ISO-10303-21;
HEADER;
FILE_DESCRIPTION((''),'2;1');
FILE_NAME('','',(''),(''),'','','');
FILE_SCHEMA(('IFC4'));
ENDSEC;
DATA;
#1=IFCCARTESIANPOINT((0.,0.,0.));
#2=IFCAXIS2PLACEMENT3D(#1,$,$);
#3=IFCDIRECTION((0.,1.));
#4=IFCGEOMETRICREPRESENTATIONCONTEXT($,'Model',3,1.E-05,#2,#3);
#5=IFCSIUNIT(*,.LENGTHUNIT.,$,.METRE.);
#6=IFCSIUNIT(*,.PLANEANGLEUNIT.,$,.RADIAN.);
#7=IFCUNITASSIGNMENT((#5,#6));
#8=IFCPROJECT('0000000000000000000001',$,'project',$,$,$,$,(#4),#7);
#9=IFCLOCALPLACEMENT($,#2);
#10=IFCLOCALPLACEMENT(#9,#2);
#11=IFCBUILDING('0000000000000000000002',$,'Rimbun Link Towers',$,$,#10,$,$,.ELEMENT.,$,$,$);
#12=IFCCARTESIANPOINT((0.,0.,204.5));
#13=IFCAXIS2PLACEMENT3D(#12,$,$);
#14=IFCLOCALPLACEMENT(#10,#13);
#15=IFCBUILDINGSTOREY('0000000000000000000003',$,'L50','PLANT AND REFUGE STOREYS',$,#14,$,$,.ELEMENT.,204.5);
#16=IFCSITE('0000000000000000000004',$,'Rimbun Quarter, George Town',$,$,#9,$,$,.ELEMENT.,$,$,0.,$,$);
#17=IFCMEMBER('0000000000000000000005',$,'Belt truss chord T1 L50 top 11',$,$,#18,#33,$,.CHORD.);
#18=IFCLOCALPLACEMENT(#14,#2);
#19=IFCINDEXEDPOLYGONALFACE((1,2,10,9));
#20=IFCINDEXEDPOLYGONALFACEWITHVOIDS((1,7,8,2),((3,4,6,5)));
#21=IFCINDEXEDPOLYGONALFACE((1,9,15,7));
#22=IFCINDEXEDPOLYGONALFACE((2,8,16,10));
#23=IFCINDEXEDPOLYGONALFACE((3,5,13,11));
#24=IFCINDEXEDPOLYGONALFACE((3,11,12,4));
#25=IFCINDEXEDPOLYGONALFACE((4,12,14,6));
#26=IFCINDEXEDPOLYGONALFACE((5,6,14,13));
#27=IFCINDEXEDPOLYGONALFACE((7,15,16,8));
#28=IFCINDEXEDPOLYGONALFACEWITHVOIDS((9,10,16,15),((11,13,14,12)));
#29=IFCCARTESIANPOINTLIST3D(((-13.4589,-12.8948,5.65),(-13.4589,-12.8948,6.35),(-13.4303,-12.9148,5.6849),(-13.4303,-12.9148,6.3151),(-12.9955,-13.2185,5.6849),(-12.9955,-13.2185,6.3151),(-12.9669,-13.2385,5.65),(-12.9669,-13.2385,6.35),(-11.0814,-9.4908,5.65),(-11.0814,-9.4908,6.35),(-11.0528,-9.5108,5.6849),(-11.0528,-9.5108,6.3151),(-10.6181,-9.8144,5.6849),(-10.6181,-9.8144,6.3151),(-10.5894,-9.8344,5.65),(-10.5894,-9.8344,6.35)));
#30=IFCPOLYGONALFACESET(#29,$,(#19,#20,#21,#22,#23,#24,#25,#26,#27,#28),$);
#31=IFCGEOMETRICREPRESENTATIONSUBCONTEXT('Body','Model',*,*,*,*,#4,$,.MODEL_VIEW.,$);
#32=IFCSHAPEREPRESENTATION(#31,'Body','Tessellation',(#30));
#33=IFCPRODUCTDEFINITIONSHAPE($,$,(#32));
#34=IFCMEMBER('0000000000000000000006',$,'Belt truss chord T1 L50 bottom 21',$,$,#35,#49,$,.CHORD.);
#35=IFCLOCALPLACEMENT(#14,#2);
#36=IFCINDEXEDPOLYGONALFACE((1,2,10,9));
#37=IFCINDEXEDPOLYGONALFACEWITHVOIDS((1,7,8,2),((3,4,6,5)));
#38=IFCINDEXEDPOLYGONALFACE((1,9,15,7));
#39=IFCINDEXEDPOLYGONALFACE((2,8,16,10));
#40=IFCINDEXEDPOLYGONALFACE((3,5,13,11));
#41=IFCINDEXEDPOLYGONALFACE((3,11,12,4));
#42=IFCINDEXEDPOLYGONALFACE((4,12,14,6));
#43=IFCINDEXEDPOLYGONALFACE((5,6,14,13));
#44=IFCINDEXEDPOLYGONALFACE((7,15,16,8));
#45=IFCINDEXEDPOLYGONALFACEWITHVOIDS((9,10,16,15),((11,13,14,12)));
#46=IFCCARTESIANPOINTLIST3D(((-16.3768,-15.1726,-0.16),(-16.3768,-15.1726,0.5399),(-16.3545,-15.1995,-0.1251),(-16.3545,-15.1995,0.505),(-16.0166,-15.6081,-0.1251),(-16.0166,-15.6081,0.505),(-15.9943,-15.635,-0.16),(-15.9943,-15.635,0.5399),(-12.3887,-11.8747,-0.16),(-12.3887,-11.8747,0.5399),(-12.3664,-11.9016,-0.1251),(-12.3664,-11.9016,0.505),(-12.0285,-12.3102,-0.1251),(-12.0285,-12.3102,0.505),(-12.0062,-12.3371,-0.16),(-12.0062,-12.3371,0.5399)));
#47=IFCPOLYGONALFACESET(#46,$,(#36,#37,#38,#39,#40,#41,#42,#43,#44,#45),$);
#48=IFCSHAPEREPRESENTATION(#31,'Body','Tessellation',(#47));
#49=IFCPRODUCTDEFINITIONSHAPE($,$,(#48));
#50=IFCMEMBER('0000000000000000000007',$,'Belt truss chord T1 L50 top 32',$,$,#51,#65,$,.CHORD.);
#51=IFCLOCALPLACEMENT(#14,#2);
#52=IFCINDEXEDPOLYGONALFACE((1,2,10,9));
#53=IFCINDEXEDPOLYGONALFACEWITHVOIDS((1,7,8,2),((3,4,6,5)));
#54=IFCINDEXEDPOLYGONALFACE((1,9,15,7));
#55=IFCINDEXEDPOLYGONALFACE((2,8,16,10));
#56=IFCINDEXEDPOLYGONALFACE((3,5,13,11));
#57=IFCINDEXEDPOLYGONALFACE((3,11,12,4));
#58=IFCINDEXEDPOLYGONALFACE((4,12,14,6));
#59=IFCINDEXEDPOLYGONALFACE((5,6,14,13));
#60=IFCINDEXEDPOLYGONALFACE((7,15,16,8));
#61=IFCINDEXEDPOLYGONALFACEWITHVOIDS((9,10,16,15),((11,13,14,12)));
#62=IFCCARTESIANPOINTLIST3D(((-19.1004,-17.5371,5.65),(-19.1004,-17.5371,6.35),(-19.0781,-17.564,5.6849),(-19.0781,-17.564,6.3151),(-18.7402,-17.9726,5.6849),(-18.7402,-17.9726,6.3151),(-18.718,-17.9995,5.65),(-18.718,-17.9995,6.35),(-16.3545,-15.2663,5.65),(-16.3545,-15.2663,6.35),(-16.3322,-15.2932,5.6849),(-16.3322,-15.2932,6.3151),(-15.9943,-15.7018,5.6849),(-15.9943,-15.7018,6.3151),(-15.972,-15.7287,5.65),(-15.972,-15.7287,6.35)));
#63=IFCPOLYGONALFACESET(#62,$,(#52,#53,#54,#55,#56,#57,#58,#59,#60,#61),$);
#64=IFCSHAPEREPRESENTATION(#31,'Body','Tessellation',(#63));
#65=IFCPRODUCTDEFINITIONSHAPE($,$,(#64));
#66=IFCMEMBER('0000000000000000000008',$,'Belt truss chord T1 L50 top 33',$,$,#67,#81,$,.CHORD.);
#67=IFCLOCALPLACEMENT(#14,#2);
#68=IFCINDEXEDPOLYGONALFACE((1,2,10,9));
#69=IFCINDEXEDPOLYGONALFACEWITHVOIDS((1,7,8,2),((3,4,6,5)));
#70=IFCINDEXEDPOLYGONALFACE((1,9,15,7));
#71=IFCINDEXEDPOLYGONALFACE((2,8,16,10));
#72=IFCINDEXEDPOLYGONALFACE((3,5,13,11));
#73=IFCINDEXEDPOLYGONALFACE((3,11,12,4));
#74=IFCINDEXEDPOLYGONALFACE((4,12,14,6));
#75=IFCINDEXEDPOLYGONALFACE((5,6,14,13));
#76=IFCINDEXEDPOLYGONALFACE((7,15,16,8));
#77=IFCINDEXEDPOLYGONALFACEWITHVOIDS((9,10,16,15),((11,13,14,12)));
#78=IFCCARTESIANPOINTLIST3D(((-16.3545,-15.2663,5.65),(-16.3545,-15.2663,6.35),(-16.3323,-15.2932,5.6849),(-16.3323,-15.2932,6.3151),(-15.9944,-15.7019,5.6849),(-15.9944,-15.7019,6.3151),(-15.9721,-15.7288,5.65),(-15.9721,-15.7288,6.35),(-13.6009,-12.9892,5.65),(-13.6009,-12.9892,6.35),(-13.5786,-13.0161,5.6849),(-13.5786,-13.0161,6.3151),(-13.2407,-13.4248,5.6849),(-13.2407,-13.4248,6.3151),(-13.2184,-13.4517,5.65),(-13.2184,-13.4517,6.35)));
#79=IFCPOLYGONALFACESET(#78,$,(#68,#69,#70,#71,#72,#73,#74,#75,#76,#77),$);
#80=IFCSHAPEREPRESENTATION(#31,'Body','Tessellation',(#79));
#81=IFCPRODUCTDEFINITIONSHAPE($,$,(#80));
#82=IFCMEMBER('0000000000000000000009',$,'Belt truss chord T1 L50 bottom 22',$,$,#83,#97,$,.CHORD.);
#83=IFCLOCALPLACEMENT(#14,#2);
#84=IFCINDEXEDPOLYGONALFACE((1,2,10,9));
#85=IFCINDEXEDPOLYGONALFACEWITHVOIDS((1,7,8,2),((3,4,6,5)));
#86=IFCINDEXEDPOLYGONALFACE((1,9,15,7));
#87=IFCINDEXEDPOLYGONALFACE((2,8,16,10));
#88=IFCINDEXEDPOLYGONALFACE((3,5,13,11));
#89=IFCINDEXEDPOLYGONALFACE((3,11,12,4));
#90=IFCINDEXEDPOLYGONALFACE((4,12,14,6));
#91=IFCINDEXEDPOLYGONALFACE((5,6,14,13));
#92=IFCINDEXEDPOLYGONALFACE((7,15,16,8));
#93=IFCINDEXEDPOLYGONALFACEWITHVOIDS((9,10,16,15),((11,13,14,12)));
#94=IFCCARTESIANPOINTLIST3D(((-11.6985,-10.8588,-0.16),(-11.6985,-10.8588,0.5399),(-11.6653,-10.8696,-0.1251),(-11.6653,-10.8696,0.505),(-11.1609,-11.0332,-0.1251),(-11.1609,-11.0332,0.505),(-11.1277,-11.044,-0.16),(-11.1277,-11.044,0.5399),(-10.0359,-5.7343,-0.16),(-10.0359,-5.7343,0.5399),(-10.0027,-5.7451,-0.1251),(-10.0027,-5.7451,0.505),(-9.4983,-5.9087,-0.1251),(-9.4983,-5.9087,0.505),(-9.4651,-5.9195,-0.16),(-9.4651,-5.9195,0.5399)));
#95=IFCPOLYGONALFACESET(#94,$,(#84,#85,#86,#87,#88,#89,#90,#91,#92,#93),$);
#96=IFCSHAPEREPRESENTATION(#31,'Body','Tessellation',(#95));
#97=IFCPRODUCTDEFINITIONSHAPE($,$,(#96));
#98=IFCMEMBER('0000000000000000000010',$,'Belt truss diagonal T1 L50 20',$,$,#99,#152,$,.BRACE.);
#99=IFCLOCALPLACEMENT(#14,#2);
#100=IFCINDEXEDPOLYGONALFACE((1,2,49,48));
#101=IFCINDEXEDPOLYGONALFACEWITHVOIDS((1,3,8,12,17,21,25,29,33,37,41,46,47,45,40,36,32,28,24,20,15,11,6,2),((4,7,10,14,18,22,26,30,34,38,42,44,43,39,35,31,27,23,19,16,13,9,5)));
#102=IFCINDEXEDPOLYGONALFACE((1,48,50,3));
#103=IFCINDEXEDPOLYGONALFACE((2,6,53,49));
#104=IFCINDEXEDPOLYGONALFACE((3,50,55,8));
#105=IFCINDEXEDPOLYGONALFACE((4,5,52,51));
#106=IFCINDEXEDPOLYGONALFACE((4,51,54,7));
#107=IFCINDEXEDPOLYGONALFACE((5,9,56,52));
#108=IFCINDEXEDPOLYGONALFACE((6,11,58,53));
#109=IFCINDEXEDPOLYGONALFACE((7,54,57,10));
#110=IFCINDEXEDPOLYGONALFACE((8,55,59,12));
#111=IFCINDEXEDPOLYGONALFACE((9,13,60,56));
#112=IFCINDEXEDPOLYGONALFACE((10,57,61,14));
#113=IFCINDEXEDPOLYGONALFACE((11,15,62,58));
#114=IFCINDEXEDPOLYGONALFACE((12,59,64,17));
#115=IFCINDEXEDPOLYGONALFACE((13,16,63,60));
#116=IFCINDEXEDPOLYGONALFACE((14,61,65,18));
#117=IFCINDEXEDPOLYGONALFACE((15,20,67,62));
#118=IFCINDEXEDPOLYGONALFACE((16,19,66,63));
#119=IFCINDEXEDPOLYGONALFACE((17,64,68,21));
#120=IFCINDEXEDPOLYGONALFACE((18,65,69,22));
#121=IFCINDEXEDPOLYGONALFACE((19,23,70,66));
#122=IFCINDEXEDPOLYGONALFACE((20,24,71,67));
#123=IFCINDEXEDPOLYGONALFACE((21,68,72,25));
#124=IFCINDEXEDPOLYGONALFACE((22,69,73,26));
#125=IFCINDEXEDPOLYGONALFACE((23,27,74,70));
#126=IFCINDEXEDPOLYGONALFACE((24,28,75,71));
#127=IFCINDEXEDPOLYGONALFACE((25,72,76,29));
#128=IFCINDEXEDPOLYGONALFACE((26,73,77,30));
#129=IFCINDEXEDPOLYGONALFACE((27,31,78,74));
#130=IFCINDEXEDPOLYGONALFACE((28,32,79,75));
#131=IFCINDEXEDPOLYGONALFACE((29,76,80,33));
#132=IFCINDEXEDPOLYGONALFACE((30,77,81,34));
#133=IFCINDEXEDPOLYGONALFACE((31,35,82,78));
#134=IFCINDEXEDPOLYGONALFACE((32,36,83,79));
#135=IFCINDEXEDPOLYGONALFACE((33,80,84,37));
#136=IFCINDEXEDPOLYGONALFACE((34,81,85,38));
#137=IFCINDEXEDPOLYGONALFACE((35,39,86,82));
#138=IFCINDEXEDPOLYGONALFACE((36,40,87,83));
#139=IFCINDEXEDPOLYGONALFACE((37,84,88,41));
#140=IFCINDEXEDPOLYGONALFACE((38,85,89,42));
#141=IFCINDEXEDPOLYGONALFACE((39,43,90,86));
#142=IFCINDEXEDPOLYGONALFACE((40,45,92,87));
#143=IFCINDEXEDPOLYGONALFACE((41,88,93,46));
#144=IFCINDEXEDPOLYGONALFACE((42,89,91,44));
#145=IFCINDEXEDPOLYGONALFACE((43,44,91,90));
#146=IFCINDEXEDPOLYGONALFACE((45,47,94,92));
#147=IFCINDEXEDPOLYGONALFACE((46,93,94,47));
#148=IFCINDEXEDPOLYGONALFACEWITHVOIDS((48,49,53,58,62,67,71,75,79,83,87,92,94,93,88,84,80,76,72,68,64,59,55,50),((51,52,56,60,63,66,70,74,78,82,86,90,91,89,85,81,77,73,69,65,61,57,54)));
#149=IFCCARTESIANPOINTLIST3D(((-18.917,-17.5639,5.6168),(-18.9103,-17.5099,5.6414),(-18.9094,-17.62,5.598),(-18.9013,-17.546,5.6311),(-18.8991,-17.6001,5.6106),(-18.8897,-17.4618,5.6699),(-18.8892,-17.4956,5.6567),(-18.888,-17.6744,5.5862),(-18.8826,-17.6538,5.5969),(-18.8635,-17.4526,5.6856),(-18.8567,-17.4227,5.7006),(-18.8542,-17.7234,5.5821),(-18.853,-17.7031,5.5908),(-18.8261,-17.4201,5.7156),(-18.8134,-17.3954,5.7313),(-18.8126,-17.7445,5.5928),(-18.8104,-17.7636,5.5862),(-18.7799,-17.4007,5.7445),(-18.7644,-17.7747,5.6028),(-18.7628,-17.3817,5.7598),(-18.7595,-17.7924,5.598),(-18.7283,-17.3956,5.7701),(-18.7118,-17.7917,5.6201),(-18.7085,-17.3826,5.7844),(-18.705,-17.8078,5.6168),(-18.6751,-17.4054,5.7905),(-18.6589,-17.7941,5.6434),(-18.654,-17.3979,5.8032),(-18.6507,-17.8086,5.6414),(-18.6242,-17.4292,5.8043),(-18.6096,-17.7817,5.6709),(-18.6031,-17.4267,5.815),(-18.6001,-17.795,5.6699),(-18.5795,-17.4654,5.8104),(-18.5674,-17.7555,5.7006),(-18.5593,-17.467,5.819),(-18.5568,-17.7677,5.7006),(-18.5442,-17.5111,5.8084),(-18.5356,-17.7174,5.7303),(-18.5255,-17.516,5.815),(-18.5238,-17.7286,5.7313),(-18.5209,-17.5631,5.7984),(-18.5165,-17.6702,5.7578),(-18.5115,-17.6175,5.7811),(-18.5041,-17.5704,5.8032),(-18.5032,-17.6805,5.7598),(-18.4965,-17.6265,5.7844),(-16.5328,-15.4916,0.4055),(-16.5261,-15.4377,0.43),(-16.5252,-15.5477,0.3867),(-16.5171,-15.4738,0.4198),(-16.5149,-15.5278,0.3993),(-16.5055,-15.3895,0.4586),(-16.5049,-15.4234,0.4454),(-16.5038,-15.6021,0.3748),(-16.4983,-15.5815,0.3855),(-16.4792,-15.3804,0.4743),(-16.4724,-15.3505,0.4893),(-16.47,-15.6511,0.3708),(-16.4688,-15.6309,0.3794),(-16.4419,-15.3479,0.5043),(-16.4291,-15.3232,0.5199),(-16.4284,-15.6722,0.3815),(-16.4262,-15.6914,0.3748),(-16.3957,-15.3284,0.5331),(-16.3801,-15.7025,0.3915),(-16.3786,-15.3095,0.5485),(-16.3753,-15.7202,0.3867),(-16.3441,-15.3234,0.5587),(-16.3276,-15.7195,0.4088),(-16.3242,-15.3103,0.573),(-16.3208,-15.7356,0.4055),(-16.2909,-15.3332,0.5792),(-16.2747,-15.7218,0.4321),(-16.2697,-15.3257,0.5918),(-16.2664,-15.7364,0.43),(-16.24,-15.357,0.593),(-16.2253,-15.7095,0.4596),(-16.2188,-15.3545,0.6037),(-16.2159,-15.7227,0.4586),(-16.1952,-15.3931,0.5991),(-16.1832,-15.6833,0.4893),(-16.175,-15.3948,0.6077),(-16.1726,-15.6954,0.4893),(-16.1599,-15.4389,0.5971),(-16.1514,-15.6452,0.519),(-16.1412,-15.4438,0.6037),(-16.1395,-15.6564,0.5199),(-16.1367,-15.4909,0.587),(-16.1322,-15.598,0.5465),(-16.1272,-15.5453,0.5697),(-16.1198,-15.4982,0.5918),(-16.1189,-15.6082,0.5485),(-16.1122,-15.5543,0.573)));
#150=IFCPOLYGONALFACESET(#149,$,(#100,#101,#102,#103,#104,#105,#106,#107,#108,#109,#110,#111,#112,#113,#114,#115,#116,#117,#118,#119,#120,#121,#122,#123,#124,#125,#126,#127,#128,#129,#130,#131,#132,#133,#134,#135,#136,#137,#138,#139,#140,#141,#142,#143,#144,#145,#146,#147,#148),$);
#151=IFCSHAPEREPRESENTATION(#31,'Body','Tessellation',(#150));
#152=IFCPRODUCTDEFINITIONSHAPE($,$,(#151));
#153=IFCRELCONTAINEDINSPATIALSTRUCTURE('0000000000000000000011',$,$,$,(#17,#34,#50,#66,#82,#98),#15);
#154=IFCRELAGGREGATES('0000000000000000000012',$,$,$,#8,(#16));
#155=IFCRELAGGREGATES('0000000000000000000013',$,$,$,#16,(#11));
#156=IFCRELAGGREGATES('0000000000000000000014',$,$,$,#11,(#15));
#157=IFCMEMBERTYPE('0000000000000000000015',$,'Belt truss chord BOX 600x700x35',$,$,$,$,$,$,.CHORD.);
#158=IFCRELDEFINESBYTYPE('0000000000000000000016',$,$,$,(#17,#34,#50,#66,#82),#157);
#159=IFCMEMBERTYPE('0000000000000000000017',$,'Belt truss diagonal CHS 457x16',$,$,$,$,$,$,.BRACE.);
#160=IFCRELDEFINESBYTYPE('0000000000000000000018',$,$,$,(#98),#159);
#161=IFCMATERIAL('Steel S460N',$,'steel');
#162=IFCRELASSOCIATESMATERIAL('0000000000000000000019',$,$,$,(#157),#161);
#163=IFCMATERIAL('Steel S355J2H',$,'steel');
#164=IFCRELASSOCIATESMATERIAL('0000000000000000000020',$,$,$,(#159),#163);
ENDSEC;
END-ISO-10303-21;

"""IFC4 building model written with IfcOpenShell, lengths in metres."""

from ifc_helpers import new_model, si_unit, direction, frame, origin, origin_2d, place, context, subcontext, project, spatial, hollow_rectangle, hollow_circle, extrude, material, material_profile, profile_set, type_object, element, save


model = new_model("IFC4")

# Units and contexts
model_context = context("Model", 3, precision=1e-05, world=origin(), true_north=direction((0.0, 1.0)))
body_context = subcontext(model_context, "Body", "Model", "MODEL_VIEW")
ifc_project = project(units=[si_unit("LENGTHUNIT", "METRE"), si_unit("PLANEANGLEUNIT", "RADIAN")], contexts=[model_context])

# Site, building, storey
site_placement = place(None, origin())
site = spatial("IfcSite", under=ifc_project, at=site_placement, Name="Rimbun Quarter, George Town", CompositionType="ELEMENT", RefElevation=0.0)
building_placement = place(site_placement, origin())
building = spatial("IfcBuilding", under=site, at=building_placement, Name="Rimbun Link Towers", CompositionType="ELEMENT")
storey_placement = place(building_placement, frame((0.0, 0.0, 204.5)))
storey = spatial("IfcBuildingStorey", under=building, at=storey_placement, Name="L50", Description="PLANT AND REFUGE STOREYS", CompositionType="ELEMENT", Elevation=204.5)

# Members
ifc_material_1 = material(Name="Steel S460N", Category="steel")
ifc_material_profile_1 = material_profile(ifc_material_1, hollow_rectangle(XDim=0.6001, YDim=0.7, WallThickness=0.0349, at=origin_2d()), Name="Belt truss chord BOX 600x700x35")
ifc_profile_set_1 = profile_set([ifc_material_profile_1], Name="Steel S460N")
member_type_1 = type_object("IfcMemberType", Name="Belt truss chord BOX 600x700x35", PredefinedType="CHORD", material=ifc_profile_set_1)
member_1_placement = place(storey_placement, frame((-13.2129, -13.0667, 6.0), z_axis=(0.57259, 0.819842, 0.0), x_axis=(-0.819842, 0.57259, 0.0)))
element("IfcMember", 1, at=member_1_placement, inside=storey, type_object=member_type_1, Name="Belt truss chord T1 L50 top 11", PredefinedType="CHORD", context=body_context, shape_type="SweptSolid", body=[
    extrude(hollow_rectangle(XDim=0.6001, YDim=0.7, WallThickness=0.0349, at=origin_2d()), origin(), (0.0, 0.0, 1.0), 4.1521),
])
member_2_placement = place(storey_placement, frame((-16.1855, -15.4038, 0.1899), z_axis=(0.77064, 0.63727, 0.0), x_axis=(-0.63727, 0.77064, 0.0)))
element("IfcMember", 2, at=member_2_placement, inside=storey, type_object=member_type_1, Name="Belt truss chord T1 L50 bottom 21", PredefinedType="CHORD", context=body_context, shape_type="SweptSolid", body=[
    extrude(hollow_rectangle(XDim=0.6001, YDim=0.7, WallThickness=0.0349, at=origin_2d()), origin(), (0.0, 0.0, 1.0), 5.175),
])
member_3_placement = place(storey_placement, frame((-18.9092, -17.7683, 6.0), z_axis=(0.770625, 0.637289, 0.0), x_axis=(-0.637289, 0.770625, 0.0)))
element("IfcMember", 3, at=member_3_placement, inside=storey, type_object=member_type_1, Name="Belt truss chord T1 L50 top 32", PredefinedType="CHORD", context=body_context, shape_type="SweptSolid", body=[
    extrude(hollow_rectangle(XDim=0.6001, YDim=0.7, WallThickness=0.0349, at=origin_2d()), origin(), (0.0, 0.0, 1.0), 3.5632),
])
member_4_placement = place(storey_placement, frame((-16.1633, -15.4976, 6.0), z_axis=(0.770641, 0.63727, 0.0), x_axis=(-0.63727, 0.770641, 0.0)))
element("IfcMember", 4, at=member_4_placement, inside=storey, type_object=member_type_1, Name="Belt truss chord T1 L50 top 33", PredefinedType="CHORD", context=body_context, shape_type="SweptSolid", body=[
    extrude(hollow_rectangle(XDim=0.6001, YDim=0.7, WallThickness=0.0349, at=origin_2d()), origin(), (0.0, 0.0, 1.0), 3.5732),
])
member_5_placement = place(storey_placement, frame((-11.4131, -10.9514, 0.1899), z_axis=(0.308604, 0.95119, 0.0), x_axis=(-0.95119, 0.308604, 0.0)))
element("IfcMember", 5, at=member_5_placement, inside=storey, type_object=member_type_1, Name="Belt truss chord T1 L50 bottom 22", PredefinedType="CHORD", context=body_context, shape_type="SweptSolid", body=[
    extrude(hollow_rectangle(XDim=0.6001, YDim=0.7, WallThickness=0.0349, at=origin_2d()), origin(), (0.0, 0.0, 1.0), 5.3875),
])
ifc_material_2 = material(Name="Steel S355J2H", Category="steel")
ifc_material_profile_2 = material_profile(ifc_material_2, hollow_circle(Radius=0.2285, WallThickness=0.0161, at=origin_2d()), Name="Belt truss diagonal CHS 457x16")
ifc_profile_set_2 = profile_set([ifc_material_profile_2], Name="Steel S355J2H")
member_type_2 = type_object("IfcMemberType", Name="Belt truss diagonal CHS 457x16", PredefinedType="BRACE", material=ifc_profile_set_2)
member_6_placement = place(storey_placement, frame((-16.3225, -15.5229, 0.4893), z_axis=(-0.391244, -0.340045, 0.85516), x_axis=(0.655995, -0.754765, 0.0)))
element("IfcMember", 6, at=member_6_placement, inside=storey, type_object=member_type_2, Name="Belt truss diagonal T1 L50 20", PredefinedType="BRACE", context=body_context, shape_type="SweptSolid", body=[
    extrude(hollow_circle(Radius=0.2285, WallThickness=0.0161, at=origin_2d()), origin(), (0.0, 0.0, 1.0), 6.094),
])

save(model, "model.ifc")
